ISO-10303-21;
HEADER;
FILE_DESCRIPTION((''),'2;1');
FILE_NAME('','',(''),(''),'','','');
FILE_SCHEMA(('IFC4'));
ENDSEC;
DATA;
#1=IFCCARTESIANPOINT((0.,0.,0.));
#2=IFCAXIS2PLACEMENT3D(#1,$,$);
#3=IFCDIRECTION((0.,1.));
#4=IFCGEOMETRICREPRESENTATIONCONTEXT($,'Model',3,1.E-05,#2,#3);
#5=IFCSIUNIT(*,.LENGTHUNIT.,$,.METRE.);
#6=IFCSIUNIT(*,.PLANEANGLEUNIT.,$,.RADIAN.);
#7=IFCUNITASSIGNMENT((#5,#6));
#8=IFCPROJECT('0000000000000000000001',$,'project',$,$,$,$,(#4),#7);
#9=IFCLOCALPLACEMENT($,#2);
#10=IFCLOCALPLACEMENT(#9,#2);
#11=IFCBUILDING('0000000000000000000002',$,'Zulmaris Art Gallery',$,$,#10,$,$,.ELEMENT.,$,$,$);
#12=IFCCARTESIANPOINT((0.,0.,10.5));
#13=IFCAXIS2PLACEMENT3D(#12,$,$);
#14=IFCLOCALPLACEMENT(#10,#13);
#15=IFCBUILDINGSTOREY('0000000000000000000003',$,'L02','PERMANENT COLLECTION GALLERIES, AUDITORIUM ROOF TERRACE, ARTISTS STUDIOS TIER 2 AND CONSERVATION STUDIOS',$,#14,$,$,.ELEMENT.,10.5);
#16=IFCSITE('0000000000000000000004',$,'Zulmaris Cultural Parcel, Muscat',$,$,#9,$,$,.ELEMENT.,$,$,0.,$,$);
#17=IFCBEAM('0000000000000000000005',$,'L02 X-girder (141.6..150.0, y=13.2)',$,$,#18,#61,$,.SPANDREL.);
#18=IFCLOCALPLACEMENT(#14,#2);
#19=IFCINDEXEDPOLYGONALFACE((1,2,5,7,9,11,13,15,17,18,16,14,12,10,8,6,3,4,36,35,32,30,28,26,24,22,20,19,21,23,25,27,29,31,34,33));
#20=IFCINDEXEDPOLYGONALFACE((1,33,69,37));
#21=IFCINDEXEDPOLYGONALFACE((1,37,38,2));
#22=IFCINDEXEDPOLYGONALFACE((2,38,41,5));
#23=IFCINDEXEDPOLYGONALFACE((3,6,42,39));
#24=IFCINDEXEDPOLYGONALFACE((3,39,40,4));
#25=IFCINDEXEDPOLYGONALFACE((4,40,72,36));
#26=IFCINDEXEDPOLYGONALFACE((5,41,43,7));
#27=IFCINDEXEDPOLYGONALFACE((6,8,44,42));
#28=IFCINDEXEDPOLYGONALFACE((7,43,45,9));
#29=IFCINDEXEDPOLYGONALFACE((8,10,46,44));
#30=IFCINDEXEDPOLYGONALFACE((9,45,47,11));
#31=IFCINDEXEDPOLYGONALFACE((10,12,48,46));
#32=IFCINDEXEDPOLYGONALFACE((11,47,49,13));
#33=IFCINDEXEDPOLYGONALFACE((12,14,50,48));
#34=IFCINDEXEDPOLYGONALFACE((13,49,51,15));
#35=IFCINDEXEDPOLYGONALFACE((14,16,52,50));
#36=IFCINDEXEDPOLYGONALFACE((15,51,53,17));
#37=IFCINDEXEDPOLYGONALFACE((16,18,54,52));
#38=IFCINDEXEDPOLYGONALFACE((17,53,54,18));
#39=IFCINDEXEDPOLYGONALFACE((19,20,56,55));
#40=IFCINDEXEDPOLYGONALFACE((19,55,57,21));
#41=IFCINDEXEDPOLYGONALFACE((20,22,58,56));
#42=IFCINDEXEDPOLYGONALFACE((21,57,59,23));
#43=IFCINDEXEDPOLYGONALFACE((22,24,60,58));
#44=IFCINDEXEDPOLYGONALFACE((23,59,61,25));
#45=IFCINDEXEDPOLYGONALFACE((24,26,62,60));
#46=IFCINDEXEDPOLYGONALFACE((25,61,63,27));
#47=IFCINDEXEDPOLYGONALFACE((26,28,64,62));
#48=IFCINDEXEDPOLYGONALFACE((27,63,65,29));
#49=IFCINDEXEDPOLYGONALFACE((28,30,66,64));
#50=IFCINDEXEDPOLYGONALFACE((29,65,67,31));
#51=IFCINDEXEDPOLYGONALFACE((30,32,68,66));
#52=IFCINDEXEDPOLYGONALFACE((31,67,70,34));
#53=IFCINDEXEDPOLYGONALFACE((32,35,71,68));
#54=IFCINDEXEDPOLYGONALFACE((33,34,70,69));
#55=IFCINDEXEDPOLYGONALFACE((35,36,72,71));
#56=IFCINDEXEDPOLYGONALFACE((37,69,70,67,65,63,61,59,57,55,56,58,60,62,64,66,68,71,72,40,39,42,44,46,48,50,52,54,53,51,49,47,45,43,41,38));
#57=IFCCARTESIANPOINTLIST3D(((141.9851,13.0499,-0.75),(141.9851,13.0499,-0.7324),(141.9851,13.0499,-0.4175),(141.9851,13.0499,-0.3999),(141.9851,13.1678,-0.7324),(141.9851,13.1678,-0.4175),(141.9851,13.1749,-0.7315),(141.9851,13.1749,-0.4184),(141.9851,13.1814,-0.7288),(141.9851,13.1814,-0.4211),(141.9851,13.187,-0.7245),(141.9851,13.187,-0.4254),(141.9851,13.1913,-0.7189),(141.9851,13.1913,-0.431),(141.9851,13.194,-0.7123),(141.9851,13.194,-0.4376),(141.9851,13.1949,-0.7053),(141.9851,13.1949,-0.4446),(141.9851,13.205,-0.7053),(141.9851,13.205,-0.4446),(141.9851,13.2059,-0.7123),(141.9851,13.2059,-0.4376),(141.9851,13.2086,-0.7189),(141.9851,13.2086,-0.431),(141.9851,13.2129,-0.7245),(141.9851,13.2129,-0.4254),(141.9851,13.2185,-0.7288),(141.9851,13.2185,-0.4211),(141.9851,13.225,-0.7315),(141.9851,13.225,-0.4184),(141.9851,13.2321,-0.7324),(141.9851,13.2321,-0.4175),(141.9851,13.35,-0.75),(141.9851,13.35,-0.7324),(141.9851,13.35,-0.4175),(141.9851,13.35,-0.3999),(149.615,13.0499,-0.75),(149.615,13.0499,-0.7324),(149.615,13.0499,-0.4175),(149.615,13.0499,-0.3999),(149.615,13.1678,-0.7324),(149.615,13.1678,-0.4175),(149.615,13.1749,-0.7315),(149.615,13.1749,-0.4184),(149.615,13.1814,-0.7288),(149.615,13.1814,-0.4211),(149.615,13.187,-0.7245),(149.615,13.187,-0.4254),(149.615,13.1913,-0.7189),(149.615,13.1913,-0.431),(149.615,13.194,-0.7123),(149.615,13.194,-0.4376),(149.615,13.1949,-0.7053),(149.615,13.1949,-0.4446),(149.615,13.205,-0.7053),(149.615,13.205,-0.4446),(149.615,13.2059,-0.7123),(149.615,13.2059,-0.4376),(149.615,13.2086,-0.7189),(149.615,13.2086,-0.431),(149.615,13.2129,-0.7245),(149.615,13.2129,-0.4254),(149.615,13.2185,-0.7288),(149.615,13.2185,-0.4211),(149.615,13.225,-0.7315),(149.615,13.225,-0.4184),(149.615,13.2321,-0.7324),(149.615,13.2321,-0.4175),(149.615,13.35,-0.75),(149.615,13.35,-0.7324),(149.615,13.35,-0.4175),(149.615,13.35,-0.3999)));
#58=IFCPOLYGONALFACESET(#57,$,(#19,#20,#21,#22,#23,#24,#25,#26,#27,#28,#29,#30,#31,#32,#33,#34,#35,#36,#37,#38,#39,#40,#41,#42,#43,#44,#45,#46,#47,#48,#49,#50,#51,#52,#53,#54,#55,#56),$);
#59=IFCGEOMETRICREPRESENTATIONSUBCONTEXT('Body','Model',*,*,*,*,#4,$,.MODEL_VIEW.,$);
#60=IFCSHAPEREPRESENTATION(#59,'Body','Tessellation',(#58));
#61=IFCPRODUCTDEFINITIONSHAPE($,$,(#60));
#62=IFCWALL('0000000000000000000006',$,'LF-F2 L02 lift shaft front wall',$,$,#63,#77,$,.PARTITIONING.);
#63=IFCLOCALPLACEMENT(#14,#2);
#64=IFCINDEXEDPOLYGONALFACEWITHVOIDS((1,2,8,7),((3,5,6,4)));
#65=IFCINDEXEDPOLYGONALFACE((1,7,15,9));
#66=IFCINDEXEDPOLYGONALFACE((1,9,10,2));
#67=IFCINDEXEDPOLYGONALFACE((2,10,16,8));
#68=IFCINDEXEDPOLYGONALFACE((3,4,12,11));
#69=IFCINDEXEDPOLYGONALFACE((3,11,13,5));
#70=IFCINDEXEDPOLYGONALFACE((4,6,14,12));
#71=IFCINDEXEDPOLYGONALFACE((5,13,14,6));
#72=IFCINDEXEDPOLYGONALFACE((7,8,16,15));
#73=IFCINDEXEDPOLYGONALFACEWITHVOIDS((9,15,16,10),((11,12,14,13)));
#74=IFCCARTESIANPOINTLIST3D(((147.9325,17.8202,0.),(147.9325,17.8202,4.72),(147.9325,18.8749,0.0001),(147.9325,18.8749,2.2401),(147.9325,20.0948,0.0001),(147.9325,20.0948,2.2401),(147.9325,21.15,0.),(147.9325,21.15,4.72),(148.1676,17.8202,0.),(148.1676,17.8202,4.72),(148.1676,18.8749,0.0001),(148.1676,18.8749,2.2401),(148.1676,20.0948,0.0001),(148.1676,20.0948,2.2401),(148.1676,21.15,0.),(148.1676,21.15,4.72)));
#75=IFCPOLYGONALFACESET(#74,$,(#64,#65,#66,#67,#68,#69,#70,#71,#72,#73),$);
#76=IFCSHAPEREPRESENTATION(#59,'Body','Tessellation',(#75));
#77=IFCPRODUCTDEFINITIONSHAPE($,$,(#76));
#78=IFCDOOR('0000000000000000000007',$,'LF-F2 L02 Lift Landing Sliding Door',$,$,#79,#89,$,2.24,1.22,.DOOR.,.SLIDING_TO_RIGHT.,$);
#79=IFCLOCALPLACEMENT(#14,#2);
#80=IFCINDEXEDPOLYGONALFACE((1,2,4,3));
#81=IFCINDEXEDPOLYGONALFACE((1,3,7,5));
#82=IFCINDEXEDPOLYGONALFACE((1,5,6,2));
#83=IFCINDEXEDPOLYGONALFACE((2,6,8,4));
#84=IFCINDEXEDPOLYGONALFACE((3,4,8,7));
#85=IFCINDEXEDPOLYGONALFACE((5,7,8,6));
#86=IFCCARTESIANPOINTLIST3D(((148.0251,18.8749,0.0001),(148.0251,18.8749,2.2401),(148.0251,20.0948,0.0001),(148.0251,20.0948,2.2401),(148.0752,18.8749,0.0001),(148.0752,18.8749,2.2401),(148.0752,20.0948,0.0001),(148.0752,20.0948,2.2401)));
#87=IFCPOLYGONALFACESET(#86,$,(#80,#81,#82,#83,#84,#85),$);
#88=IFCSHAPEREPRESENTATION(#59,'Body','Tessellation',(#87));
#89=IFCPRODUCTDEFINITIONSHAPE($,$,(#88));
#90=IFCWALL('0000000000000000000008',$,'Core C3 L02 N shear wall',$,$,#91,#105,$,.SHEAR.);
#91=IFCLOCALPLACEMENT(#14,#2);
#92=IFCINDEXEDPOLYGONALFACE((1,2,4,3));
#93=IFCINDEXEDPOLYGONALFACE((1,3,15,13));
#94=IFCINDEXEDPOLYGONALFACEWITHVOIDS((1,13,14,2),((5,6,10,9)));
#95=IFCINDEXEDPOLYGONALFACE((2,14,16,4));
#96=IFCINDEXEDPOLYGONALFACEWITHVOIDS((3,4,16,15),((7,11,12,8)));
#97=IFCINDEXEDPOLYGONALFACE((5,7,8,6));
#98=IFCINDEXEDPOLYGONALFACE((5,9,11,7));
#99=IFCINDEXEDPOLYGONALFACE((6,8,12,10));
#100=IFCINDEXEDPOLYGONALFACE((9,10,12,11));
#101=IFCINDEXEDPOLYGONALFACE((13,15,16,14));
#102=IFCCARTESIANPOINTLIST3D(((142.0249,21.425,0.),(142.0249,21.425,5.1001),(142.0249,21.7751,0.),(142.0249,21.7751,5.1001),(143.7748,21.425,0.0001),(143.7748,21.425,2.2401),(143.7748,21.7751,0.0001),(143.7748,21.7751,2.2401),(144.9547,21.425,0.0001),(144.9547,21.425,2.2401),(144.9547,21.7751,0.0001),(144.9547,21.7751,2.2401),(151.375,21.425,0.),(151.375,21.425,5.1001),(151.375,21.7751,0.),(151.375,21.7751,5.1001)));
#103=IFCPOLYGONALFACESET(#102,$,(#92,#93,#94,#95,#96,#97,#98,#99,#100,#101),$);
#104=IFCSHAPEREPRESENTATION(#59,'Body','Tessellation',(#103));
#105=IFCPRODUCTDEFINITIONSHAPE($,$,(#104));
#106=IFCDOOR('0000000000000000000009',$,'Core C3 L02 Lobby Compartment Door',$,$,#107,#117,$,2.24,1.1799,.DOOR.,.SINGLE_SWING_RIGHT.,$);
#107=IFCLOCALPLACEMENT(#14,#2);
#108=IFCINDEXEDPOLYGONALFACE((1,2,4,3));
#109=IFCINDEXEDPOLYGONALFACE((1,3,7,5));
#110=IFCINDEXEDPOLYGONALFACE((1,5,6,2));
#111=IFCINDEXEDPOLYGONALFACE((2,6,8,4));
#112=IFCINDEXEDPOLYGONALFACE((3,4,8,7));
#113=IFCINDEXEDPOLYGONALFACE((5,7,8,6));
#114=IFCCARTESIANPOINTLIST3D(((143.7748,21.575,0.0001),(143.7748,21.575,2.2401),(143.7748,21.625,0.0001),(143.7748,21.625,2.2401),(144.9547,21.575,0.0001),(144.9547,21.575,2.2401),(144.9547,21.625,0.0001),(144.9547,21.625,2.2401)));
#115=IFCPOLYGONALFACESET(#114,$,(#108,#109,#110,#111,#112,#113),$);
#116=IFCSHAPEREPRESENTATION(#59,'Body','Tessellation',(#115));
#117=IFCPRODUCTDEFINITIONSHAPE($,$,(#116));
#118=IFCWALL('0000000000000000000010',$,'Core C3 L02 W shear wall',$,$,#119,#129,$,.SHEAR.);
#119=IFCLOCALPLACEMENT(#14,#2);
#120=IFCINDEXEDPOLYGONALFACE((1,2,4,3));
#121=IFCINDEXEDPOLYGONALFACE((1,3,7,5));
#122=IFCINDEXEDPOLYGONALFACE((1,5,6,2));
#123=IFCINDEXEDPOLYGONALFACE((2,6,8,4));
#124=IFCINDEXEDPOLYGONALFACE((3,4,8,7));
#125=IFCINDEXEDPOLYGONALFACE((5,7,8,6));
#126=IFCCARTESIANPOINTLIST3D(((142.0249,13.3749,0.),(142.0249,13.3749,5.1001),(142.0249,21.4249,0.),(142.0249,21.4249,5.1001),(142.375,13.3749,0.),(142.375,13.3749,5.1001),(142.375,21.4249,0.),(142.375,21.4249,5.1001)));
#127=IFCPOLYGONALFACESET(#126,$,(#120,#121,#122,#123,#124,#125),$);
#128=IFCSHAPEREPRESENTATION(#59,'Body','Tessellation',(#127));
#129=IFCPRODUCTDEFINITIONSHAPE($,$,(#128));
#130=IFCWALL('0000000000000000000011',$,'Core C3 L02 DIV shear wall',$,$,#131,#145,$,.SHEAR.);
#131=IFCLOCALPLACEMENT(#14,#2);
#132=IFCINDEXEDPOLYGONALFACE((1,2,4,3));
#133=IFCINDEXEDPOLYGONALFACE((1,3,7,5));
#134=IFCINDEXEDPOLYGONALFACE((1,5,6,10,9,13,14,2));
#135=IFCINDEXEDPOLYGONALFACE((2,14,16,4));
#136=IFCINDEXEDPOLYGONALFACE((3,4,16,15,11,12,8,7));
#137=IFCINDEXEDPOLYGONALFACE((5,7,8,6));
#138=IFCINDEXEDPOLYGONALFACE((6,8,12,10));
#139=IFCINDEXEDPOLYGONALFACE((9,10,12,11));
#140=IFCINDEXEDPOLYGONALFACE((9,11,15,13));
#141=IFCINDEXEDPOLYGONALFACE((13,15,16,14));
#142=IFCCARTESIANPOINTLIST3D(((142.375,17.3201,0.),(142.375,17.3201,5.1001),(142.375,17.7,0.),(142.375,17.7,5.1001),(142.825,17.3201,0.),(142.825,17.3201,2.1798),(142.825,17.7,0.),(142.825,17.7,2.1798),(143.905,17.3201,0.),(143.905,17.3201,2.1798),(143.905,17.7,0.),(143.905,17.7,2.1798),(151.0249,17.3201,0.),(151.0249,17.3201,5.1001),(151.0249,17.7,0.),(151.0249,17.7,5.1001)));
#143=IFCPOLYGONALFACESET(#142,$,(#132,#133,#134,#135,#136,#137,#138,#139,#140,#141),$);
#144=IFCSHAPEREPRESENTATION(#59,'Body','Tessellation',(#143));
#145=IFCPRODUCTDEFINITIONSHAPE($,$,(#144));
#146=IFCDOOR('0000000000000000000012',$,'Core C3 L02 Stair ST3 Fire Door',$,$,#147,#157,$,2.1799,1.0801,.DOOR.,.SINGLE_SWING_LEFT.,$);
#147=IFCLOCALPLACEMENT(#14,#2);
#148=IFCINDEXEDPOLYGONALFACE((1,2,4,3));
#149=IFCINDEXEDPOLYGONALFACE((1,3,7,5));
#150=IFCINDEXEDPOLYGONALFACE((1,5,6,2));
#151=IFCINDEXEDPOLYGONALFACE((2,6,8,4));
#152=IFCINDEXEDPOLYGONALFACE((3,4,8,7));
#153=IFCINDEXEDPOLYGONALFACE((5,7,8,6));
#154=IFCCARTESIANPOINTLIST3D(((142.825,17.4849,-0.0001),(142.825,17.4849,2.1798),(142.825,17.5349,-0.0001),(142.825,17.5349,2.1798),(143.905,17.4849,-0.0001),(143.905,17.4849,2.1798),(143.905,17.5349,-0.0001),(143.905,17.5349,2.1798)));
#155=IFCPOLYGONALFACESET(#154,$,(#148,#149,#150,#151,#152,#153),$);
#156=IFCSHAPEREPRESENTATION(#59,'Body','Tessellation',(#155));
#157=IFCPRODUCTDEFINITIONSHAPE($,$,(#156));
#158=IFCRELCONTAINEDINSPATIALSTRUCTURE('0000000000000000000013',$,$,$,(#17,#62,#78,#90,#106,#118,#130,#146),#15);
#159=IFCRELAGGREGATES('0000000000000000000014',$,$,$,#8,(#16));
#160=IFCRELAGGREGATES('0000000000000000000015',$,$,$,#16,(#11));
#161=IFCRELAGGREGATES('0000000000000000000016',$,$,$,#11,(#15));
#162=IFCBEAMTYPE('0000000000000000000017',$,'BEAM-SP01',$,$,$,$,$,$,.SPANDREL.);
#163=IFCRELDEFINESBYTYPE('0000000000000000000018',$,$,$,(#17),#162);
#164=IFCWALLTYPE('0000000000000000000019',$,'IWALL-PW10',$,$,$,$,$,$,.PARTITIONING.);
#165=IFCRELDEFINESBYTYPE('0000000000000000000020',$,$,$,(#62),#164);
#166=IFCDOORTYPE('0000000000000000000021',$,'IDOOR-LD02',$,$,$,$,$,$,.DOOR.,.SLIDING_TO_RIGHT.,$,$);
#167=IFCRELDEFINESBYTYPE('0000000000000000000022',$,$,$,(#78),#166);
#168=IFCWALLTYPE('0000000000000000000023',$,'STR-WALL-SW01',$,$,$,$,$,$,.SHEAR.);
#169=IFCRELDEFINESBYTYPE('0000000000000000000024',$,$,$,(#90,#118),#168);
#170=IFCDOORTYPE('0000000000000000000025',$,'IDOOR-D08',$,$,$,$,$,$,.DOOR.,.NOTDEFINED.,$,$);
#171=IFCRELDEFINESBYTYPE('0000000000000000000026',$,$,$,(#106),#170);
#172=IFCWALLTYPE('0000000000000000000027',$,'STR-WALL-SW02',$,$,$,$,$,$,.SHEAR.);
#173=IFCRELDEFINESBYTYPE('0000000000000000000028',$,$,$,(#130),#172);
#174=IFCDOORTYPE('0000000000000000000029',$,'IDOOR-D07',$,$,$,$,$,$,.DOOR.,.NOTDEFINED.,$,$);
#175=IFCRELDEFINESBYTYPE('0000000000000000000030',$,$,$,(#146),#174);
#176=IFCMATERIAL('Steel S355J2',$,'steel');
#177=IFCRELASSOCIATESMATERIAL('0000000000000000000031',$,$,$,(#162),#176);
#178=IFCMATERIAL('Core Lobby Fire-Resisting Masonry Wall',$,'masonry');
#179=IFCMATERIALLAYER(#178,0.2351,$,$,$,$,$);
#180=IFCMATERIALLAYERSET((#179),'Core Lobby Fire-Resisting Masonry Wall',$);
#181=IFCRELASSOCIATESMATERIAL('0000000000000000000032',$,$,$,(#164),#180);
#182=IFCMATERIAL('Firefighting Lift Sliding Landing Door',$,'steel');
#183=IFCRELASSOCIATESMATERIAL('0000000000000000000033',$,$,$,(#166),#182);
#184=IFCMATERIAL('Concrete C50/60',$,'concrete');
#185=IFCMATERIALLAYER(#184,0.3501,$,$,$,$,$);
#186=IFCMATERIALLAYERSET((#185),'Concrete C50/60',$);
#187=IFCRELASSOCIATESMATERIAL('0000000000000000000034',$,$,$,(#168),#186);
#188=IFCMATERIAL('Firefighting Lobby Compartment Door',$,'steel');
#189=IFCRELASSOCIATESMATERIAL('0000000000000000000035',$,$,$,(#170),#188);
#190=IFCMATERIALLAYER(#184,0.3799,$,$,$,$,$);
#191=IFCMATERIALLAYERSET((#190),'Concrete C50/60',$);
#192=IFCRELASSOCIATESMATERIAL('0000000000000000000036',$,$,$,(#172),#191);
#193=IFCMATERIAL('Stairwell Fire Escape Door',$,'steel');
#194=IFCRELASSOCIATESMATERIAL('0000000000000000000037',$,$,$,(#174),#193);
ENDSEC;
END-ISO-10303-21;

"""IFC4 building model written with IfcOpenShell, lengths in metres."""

from ifc_helpers import new_model, si_unit, direction, frame, frame_2d, origin, origin_2d, place, context, subcontext, project, spatial, rectangle, i_section, extrude, material, layer, layer_set, material_profile, profile_set, type_object, element, fill, save


model = new_model("IFC4")

# Units and contexts
model_context = context("Model", 3, precision=1e-05, world=origin(), true_north=direction((0.0, 1.0)))
body_context = subcontext(model_context, "Body", "Model", "MODEL_VIEW")
ifc_project = project(units=[si_unit("LENGTHUNIT", "METRE"), si_unit("PLANEANGLEUNIT", "RADIAN")], contexts=[model_context])

# Site, building, storey
site_placement = place(None, origin())
site = spatial("IfcSite", under=ifc_project, at=site_placement, Name="Zulmaris Cultural Parcel, Muscat", CompositionType="ELEMENT", RefElevation=0.0)
building_placement = place(site_placement, origin())
building = spatial("IfcBuilding", under=site, at=building_placement, Name="Zulmaris Art Gallery", CompositionType="ELEMENT")
storey_placement = place(building_placement, frame((0.0, 0.0, 10.5)))
storey = spatial("IfcBuildingStorey", under=building, at=storey_placement, Name="L02", Description="PERMANENT COLLECTION GALLERIES, AUDITORIUM ROOF TERRACE, ARTISTS STUDIOS TIER 2 AND CONSERVATION STUDIOS", CompositionType="ELEMENT", Elevation=10.5)

# Beam
ifc_material_1 = material(Name="Steel S355J2", Category="steel")
ifc_material_profile_1 = material_profile(ifc_material_1, i_section(OverallWidth=0.3, OverallDepth=0.3501, WebThickness=0.01, FlangeThickness=0.0176, FilletRadius=0.0271, at=origin_2d()), Name="HEA 360")
ifc_profile_set_1 = profile_set([ifc_material_profile_1], Name="Steel S355J2")
beam_type_1 = type_object("IfcBeamType", Name="BEAM-SP01", PredefinedType="SPANDREL", material=ifc_profile_set_1)
beam_1_placement = place(storey_placement, frame((141.9851, 13.2, -0.575), z_axis=(1.0, 0.0, 0.0), x_axis=(0.0, 1.0, 0.0)))
element("IfcBeam", 1, at=beam_1_placement, inside=storey, type_object=beam_type_1, Name="L02 X-girder (141.6..150.0, y=13.2)", PredefinedType="SPANDREL", context=body_context, shape_type="SweptSolid", body=[
    extrude(i_section(OverallWidth=0.3, OverallDepth=0.3501, WebThickness=0.01, FlangeThickness=0.0176, FilletRadius=0.0271, at=origin_2d()), origin(), (0.0, 0.0, 1.0), 7.6299),
])

# Walls, openings, doors
ifc_material_2 = material(Name="Core Lobby Fire-Resisting Masonry Wall", Category="masonry")
ifc_layer_1 = layer(ifc_material_2, 0.2351)
ifc_layer_set_1 = layer_set([ifc_layer_1], Name="Core Lobby Fire-Resisting Masonry Wall")
wall_type_1 = type_object("IfcWallType", Name="IWALL-PW10", PredefinedType="PARTITIONING", material=ifc_layer_set_1)
wall_1_placement = place(storey_placement, frame((148.05, 17.8201, 0.0), z_axis=(0.0, 0.0, 1.0), x_axis=(0.0, 1.0, 0.0)))
wall_1 = element("IfcWall", 2, at=wall_1_placement, inside=storey, type_object=wall_type_1, Name="LF-F2 L02 lift shaft front wall", PredefinedType="PARTITIONING", context=body_context, shape_type="SweptSolid", body=[
    extrude(rectangle(XDim=3.3298, YDim=0.2351, at=frame_2d((1.665, 0.0))), origin(), (0.0, 0.0, 1.0), 4.72),
])
opening_1_placement = place(wall_1_placement, frame((1.0549, 0.0, 0.0)))
opening_1 = element("IfcOpeningElement", 3, at=opening_1_placement, cuts=wall_1, PredefinedType="OPENING", context=body_context, shape_type="SweptSolid", body=[
    extrude(rectangle(XDim=1.22, YDim=2.24, at=frame_2d((0.6099, 1.1201))), frame((0.0, 0.1274, 0.0), z_axis=(0.0, -1.0, 0.0), x_axis=(1.0, 0.0, 0.0)), (0.0, 0.0, 1.0), 0.2551),
])
ifc_material_3 = material(Name="Firefighting Lift Sliding Landing Door", Category="steel")
door_type_1 = type_object("IfcDoorType", Name="IDOOR-LD02", OperationType="SLIDING_TO_RIGHT", PredefinedType="DOOR", material=ifc_material_3)
door_1_placement = place(opening_1_placement, origin())
door_1 = element("IfcDoor", 4, at=door_1_placement, inside=storey, type_object=door_type_1, Name="LF-F2 L02 Lift Landing Sliding Door", OperationType="SLIDING_TO_RIGHT", OverallHeight=2.24, OverallWidth=1.22, PredefinedType="DOOR", context=body_context, shape_type="SweptSolid", body=[
    extrude(rectangle(XDim=1.22, YDim=2.24, at=frame_2d((0.6099, 1.1201))), frame((0.0, 0.0249, 0.0), z_axis=(0.0, -1.0, 0.0), x_axis=(1.0, 0.0, 0.0)), (0.0, 0.0, 1.0), 0.05),
])
fill(opening_1, door_1)
ifc_material_4 = material(Name="Concrete C50/60", Category="concrete")
ifc_layer_2 = layer(ifc_material_4, 0.3501)
ifc_layer_set_2 = layer_set([ifc_layer_2], Name="Concrete C50/60")
wall_type_2 = type_object("IfcWallType", Name="STR-WALL-SW01", PredefinedType="SHEAR", material=ifc_layer_set_2)
wall_2_placement = place(storey_placement, frame((142.0249, 21.6001, 0.0), z_axis=(0.0, 0.0, 1.0), x_axis=(1.0, 0.0, 0.0)))
wall_2 = element("IfcWall", 5, at=wall_2_placement, inside=storey, type_object=wall_type_2, Name="Core C3 L02 N shear wall", PredefinedType="SHEAR", context=body_context, shape_type="SweptSolid", body=[
    extrude(rectangle(XDim=9.3501, YDim=0.3501, at=frame_2d((4.675, 0.0))), origin(), (0.0, 0.0, 1.0), 5.1001),
])
opening_2_placement = place(wall_2_placement, frame((1.75, 0.0, 0.0)))
opening_2 = element("IfcOpeningElement", 6, at=opening_2_placement, cuts=wall_2, PredefinedType="OPENING", context=body_context, shape_type="SweptSolid", body=[
    extrude(rectangle(XDim=1.1799, YDim=2.24, at=frame_2d((0.5898, 1.1201))), frame((0.0, 0.1851, 0.0), z_axis=(0.0, -1.0, 0.0), x_axis=(1.0, 0.0, 0.0)), (0.0, 0.0, 1.0), 0.3701),
])
ifc_material_5 = material(Name="Firefighting Lobby Compartment Door", Category="steel")
door_type_2 = type_object("IfcDoorType", Name="IDOOR-D08", OperationType="NOTDEFINED", PredefinedType="DOOR", material=ifc_material_5)
door_2_placement = place(opening_2_placement, origin())
door_2 = element("IfcDoor", 7, at=door_2_placement, inside=storey, type_object=door_type_2, Name="Core C3 L02 Lobby Compartment Door", OperationType="SINGLE_SWING_RIGHT", OverallHeight=2.24, OverallWidth=1.1799, PredefinedType="DOOR", context=body_context, shape_type="SweptSolid", body=[
    extrude(rectangle(XDim=1.1799, YDim=2.24, at=frame_2d((0.5898, 1.1201))), frame((0.0, 0.0249, 0.0), z_axis=(0.0, -1.0, 0.0), x_axis=(1.0, 0.0, 0.0)), (0.0, 0.0, 1.0), 0.05),
])
fill(opening_2, door_2)

# Wall
wall_3_placement = place(storey_placement, frame((142.2, 13.375, 0.0), z_axis=(0.0, 0.0, 1.0), x_axis=(0.0, 1.0, 0.0)))
element("IfcWall", 8, at=wall_3_placement, inside=storey, type_object=wall_type_2, Name="Core C3 L02 W shear wall", PredefinedType="SHEAR", context=body_context, shape_type="SweptSolid", body=[
    extrude(rectangle(XDim=8.05, YDim=0.3501, at=frame_2d((4.0249, 0.0))), origin(), (0.0, 0.0, 1.0), 5.1001),
])

# Wall, opening, door
ifc_layer_3 = layer(ifc_material_4, 0.3799)
ifc_layer_set_3 = layer_set([ifc_layer_3], Name="Concrete C50/60")
wall_type_3 = type_object("IfcWallType", Name="STR-WALL-SW02", PredefinedType="SHEAR", material=ifc_layer_set_3)
wall_4_placement = place(storey_placement, frame((142.375, 17.51, 0.0), z_axis=(0.0, 0.0, 1.0), x_axis=(1.0, 0.0, 0.0)))
wall_4 = element("IfcWall", 9, at=wall_4_placement, inside=storey, type_object=wall_type_3, Name="Core C3 L02 DIV shear wall", PredefinedType="SHEAR", context=body_context, shape_type="SweptSolid", body=[
    extrude(rectangle(XDim=8.6499, YDim=0.3799, at=frame_2d((4.325, 0.0))), origin(), (0.0, 0.0, 1.0), 5.1001),
])
opening_3_placement = place(wall_4_placement, frame((0.45, 0.0, 0.0)))
opening_3 = element("IfcOpeningElement", 10, at=opening_3_placement, cuts=wall_4, PredefinedType="OPENING", context=body_context, shape_type="SweptSolid", body=[
    extrude(rectangle(XDim=1.0801, YDim=2.1799, at=frame_2d((0.54, 1.0898))), frame((0.0, 0.2, 0.0), z_axis=(0.0, -1.0, 0.0), x_axis=(1.0, 0.0, 0.0)), (0.0, 0.0, 1.0), 0.3999),
])
ifc_material_6 = material(Name="Stairwell Fire Escape Door", Category="steel")
door_type_3 = type_object("IfcDoorType", Name="IDOOR-D07", OperationType="NOTDEFINED", PredefinedType="DOOR", material=ifc_material_6)
door_3_placement = place(opening_3_placement, origin())
door_3 = element("IfcDoor", 11, at=door_3_placement, inside=storey, type_object=door_type_3, Name="Core C3 L02 Stair ST3 Fire Door", OperationType="SINGLE_SWING_LEFT", OverallHeight=2.1799, OverallWidth=1.0801, PredefinedType="DOOR", context=body_context, shape_type="SweptSolid", body=[
    extrude(rectangle(XDim=1.0801, YDim=2.1799, at=frame_2d((0.54, 1.0898))), frame((0.0, 0.0249, 0.0), z_axis=(0.0, -1.0, 0.0), x_axis=(1.0, 0.0, 0.0)), (0.0, 0.0, 1.0), 0.05),
])
fill(opening_3, door_3)

save(model, "model.ifc")
